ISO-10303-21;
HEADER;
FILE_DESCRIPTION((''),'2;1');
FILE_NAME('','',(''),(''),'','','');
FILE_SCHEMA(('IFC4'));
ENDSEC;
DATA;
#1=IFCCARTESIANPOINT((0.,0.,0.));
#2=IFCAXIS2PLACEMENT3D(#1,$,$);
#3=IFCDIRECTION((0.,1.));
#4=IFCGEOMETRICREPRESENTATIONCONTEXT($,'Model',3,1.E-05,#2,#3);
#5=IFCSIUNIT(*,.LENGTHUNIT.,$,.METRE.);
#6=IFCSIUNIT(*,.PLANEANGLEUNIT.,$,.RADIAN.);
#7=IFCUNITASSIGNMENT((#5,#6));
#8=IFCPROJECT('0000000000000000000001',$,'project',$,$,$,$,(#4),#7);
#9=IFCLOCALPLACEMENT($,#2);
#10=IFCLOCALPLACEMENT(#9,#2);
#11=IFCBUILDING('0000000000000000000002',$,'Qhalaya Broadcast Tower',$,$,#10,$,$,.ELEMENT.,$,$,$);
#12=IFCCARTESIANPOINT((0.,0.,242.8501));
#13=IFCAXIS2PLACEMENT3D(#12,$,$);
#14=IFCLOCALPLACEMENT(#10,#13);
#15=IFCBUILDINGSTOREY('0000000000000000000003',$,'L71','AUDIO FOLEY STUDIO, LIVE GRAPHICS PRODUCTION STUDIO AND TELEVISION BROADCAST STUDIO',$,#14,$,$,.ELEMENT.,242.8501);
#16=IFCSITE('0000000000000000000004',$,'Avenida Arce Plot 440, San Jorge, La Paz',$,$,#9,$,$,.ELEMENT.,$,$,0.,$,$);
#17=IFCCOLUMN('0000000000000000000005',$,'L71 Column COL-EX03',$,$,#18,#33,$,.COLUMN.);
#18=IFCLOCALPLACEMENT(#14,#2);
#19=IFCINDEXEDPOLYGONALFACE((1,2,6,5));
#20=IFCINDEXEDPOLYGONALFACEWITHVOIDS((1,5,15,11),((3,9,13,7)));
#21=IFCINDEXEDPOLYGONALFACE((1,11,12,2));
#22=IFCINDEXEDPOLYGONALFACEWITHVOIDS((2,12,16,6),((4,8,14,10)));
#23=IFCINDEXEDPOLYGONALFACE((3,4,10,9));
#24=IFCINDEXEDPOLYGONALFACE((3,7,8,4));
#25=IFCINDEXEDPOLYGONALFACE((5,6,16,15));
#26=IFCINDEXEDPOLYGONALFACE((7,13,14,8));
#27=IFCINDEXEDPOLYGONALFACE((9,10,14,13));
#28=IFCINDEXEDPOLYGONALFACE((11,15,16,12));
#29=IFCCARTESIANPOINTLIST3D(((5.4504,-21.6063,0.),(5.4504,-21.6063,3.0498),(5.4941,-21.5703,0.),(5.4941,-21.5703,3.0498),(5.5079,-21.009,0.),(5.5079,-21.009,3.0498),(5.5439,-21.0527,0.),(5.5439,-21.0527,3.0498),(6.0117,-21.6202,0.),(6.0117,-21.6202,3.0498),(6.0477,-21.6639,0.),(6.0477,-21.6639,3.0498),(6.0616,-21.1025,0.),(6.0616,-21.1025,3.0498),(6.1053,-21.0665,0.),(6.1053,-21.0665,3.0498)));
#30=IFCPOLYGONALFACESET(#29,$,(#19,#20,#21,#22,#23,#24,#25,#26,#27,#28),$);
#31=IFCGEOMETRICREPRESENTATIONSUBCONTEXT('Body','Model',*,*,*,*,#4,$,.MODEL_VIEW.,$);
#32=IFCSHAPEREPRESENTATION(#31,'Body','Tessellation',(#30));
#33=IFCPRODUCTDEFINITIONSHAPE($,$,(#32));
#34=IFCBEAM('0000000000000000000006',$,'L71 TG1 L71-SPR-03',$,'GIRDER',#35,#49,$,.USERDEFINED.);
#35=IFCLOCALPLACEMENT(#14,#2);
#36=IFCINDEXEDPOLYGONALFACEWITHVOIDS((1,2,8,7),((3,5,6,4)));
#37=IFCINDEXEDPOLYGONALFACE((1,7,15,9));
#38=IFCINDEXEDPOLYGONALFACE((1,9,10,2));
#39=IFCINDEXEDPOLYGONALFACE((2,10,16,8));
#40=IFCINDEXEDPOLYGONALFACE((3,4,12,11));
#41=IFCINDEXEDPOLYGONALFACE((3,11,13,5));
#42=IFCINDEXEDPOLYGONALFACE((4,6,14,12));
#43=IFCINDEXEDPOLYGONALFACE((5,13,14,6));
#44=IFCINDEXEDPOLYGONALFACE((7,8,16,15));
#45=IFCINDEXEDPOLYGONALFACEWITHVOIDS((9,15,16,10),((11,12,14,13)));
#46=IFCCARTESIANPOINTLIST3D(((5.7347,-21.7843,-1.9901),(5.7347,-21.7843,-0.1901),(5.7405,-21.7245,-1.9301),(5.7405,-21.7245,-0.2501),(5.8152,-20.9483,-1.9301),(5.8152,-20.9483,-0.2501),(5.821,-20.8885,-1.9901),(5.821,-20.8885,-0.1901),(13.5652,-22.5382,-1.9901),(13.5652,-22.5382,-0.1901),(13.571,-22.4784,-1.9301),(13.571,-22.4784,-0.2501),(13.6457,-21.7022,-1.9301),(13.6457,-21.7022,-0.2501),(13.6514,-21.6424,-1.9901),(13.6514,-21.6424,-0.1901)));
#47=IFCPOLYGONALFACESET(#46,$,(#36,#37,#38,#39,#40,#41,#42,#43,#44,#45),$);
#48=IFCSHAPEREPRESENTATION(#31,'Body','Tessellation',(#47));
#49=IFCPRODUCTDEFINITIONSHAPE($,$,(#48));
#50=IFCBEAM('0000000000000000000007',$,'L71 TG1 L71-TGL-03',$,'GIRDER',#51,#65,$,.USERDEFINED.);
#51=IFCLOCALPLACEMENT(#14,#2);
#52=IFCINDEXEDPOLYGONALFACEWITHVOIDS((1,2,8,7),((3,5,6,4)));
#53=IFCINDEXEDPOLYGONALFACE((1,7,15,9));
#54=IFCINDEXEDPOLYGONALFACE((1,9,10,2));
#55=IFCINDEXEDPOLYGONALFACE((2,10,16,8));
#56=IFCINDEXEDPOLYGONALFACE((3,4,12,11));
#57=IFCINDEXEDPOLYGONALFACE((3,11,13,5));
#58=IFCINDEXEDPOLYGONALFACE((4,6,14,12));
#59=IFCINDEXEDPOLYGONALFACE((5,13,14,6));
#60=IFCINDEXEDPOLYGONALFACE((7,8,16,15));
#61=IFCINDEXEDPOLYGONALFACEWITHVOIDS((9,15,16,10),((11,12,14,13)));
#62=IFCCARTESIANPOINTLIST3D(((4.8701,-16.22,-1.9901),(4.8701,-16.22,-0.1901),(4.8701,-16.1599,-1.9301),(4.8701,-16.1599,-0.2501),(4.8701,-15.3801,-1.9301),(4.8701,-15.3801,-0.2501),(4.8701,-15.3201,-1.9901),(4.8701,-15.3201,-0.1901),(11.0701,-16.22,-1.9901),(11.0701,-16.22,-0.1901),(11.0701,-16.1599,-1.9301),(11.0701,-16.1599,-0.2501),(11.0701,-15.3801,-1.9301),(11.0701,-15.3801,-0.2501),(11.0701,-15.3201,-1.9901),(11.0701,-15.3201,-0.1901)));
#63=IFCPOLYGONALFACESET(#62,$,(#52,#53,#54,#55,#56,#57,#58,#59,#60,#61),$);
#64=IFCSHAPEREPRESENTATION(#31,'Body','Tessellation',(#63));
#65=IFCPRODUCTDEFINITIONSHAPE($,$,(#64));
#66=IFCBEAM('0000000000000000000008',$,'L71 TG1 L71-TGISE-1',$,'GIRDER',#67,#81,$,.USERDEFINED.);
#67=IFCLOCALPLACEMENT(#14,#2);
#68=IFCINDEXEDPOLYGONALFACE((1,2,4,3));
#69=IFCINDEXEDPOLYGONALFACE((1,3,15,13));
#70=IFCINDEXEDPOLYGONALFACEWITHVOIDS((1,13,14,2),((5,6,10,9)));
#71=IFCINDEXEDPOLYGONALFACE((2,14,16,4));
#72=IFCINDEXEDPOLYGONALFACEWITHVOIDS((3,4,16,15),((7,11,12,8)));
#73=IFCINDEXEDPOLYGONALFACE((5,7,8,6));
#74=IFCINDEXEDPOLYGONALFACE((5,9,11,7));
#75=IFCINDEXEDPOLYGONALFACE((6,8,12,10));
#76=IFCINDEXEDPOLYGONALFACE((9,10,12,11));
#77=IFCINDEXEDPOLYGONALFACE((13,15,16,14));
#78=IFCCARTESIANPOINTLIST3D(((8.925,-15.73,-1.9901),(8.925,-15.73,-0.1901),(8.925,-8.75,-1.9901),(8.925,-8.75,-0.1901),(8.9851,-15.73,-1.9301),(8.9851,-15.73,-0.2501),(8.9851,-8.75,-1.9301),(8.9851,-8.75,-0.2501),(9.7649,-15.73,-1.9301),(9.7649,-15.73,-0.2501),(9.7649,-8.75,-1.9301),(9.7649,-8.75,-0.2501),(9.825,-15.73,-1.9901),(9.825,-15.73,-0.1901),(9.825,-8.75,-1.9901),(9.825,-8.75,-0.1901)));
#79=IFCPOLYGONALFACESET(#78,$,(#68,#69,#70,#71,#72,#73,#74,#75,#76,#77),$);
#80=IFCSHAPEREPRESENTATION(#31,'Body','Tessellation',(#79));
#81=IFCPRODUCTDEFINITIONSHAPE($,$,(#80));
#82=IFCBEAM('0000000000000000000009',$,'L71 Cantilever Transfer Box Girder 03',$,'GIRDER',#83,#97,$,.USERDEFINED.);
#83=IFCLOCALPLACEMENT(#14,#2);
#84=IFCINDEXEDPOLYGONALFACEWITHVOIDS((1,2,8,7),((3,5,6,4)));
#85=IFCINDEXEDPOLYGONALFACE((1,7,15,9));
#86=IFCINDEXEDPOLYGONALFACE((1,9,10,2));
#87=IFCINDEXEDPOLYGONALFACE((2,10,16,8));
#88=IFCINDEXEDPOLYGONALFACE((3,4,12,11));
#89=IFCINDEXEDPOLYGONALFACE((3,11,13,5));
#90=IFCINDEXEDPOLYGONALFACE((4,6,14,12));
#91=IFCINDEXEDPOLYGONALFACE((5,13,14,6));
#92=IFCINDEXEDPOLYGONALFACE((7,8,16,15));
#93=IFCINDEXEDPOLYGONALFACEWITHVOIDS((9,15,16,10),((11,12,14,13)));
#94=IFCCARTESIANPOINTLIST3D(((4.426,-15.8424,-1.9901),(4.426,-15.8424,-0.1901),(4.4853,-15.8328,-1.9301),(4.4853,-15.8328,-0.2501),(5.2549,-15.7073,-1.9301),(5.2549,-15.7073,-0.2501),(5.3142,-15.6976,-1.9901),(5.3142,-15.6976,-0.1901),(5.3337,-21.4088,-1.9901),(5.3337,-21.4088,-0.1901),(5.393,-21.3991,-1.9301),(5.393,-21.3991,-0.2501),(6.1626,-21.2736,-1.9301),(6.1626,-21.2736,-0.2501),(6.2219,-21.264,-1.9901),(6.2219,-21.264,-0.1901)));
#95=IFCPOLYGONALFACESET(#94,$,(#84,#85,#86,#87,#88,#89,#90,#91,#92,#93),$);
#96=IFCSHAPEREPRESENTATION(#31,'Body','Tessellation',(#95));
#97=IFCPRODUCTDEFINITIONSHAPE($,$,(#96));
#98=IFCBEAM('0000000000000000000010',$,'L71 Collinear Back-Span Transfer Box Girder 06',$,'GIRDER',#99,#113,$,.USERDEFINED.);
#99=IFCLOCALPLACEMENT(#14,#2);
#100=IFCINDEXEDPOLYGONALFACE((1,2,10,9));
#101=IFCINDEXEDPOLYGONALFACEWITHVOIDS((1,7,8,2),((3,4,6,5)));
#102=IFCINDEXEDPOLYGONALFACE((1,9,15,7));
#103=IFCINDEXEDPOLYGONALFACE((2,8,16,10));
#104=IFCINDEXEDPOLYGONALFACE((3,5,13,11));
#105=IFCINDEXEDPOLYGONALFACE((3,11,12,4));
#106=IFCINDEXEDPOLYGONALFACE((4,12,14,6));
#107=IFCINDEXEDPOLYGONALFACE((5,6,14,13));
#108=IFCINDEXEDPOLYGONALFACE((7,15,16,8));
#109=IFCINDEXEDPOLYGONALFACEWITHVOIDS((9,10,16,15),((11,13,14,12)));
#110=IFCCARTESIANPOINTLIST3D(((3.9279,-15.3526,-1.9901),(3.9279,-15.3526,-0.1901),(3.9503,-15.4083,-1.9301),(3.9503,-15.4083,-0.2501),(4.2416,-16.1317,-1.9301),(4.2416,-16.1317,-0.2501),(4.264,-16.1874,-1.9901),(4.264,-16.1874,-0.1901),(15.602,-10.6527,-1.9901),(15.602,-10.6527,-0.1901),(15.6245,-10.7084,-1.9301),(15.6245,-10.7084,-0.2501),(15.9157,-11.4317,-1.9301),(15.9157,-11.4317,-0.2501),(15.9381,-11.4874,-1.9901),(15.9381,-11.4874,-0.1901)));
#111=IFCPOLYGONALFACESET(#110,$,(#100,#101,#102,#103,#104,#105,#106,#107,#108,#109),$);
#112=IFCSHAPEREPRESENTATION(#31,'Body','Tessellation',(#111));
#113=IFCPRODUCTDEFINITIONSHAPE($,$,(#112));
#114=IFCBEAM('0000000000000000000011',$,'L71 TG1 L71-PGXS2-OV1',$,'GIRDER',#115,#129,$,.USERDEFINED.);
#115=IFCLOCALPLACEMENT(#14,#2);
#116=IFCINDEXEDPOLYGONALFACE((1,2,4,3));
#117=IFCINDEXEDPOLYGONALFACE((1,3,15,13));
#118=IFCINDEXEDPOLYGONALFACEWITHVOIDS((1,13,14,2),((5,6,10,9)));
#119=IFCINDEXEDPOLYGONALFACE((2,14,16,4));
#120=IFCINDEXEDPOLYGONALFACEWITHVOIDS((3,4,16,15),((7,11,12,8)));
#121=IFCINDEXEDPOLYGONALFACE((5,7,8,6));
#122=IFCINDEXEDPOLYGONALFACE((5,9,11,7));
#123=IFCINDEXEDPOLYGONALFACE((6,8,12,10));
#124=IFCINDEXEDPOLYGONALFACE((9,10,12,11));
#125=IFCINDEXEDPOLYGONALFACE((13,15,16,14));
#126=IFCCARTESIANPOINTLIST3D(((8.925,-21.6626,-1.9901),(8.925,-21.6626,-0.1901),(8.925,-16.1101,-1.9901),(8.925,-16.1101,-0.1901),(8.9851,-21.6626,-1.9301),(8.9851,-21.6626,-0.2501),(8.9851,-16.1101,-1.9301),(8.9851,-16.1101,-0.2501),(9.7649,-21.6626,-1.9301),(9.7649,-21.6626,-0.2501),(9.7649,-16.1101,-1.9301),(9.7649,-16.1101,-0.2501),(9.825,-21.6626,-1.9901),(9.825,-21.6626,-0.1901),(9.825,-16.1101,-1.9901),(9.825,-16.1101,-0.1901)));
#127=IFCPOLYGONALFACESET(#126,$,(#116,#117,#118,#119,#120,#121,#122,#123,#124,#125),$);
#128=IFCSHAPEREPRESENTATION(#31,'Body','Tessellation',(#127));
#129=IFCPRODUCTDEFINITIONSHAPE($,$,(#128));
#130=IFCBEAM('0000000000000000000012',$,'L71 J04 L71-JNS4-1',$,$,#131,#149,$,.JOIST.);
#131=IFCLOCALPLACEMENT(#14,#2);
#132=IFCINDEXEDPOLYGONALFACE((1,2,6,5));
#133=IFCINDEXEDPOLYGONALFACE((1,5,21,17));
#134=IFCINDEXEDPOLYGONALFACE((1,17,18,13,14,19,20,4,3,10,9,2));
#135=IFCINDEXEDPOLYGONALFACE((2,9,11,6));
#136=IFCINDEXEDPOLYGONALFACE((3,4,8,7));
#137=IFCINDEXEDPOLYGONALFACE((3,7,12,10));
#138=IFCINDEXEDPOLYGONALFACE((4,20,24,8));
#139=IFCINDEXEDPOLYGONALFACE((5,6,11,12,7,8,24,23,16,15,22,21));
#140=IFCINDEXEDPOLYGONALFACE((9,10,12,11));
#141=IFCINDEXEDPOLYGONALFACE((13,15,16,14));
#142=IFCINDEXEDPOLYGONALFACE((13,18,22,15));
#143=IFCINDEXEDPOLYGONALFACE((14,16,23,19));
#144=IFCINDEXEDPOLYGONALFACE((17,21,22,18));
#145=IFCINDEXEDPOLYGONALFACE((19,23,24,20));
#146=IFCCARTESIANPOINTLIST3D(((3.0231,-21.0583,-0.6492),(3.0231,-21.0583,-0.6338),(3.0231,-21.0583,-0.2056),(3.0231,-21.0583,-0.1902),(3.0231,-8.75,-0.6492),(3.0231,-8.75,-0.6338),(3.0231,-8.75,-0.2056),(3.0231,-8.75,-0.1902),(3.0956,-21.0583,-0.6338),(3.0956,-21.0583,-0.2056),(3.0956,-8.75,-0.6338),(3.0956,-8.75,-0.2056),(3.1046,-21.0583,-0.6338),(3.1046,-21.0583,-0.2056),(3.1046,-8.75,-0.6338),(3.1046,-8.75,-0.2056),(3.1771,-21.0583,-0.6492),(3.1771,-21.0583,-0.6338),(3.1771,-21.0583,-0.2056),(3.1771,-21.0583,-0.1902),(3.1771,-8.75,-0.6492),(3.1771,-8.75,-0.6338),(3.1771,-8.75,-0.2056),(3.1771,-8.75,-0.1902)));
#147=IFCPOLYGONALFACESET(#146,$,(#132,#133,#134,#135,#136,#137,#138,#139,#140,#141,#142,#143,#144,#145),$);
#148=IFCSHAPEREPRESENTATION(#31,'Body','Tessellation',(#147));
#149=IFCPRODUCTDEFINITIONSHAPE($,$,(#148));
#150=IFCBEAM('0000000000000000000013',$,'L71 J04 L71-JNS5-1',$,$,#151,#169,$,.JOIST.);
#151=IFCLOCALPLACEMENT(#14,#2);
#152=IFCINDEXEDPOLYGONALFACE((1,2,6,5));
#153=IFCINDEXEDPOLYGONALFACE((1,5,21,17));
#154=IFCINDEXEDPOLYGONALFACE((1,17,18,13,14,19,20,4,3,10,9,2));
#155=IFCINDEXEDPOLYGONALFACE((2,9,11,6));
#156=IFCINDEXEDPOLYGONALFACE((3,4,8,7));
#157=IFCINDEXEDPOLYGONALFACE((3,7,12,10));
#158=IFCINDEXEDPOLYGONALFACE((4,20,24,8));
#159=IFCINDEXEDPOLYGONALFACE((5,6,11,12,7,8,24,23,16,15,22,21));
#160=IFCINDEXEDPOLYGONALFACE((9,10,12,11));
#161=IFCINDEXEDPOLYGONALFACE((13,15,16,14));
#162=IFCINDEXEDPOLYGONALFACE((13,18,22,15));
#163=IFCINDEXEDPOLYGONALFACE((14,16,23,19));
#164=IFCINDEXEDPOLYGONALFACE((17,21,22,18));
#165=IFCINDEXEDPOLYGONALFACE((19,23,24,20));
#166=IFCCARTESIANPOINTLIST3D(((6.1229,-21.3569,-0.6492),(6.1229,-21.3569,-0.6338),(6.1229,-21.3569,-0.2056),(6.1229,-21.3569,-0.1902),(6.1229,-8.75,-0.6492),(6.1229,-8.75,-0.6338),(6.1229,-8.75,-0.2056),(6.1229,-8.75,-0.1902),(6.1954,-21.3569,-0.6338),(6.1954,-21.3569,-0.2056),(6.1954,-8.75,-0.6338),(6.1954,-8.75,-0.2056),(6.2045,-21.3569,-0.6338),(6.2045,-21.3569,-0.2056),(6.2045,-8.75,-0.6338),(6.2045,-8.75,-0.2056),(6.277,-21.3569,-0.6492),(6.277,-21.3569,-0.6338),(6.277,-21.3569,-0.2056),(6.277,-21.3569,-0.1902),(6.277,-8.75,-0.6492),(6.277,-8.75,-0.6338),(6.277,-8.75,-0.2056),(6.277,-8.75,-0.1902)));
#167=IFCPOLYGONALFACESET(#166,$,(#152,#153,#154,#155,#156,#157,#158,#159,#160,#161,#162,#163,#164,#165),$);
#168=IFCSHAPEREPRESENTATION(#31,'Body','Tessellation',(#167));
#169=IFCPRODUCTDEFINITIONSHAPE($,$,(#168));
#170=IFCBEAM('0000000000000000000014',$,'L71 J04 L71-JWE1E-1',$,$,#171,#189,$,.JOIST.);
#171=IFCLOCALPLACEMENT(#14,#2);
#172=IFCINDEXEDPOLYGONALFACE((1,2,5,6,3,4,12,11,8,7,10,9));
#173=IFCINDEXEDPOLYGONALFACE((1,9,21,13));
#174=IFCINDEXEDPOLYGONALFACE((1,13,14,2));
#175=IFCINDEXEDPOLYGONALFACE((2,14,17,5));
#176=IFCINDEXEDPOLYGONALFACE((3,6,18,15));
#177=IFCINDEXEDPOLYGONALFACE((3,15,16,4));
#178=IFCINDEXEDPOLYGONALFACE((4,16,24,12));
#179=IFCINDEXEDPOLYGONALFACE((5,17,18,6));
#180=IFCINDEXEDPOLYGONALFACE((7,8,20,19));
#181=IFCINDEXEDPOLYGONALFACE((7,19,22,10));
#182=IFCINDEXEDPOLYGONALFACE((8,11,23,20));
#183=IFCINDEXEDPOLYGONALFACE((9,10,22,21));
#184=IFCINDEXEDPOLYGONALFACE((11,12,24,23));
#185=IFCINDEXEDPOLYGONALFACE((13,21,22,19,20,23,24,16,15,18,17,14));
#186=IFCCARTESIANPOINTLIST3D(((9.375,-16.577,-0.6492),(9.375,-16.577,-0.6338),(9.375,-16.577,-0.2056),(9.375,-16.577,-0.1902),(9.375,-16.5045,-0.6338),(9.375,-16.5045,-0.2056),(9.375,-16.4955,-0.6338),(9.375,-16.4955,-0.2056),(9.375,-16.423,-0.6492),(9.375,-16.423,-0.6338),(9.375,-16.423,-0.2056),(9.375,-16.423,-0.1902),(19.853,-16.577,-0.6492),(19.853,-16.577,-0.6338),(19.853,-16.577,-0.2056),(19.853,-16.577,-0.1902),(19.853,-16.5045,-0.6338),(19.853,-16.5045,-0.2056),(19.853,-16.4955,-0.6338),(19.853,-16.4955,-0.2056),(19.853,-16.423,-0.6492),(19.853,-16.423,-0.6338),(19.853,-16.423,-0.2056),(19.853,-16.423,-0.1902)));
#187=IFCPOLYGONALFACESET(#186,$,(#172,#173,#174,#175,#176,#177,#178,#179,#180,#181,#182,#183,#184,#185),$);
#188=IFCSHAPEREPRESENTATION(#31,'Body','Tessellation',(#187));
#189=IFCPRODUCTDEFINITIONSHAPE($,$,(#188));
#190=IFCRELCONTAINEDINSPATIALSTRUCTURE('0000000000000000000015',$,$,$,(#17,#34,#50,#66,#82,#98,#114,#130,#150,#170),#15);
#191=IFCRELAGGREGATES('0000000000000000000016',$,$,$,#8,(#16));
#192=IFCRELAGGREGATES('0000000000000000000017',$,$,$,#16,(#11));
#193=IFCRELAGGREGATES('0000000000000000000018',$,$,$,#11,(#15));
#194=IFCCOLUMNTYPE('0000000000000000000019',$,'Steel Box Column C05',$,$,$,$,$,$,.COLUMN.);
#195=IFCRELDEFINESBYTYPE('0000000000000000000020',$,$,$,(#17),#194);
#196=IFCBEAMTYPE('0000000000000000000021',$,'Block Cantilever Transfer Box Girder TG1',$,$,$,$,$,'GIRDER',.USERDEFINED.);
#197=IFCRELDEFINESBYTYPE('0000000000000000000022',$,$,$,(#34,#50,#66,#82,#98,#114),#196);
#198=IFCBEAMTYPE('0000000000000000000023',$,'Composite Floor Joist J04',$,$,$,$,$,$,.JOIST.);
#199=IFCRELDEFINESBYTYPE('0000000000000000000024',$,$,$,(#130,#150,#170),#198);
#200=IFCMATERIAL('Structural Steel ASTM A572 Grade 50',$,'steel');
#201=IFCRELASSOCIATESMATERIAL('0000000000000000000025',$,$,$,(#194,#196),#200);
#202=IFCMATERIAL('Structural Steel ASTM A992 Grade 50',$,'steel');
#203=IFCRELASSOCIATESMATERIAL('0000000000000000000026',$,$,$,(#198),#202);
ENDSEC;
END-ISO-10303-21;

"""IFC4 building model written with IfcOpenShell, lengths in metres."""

from ifc_helpers import new_model, si_unit, direction, frame, origin, origin_2d, place, context, subcontext, project, spatial, hollow_rectangle, i_section, extrude, material, material_profile, profile_set, type_object, element, save


model = new_model("IFC4")

# Units and contexts
model_context = context("Model", 3, precision=1e-05, world=origin(), true_north=direction((0.0, 1.0)))
body_context = subcontext(model_context, "Body", "Model", "MODEL_VIEW")
ifc_project = project(units=[si_unit("LENGTHUNIT", "METRE"), si_unit("PLANEANGLEUNIT", "RADIAN")], contexts=[model_context])

# Site, building, storey
site_placement = place(None, origin())
site = spatial("IfcSite", under=ifc_project, at=site_placement, Name="Avenida Arce Plot 440, San Jorge, La Paz", CompositionType="ELEMENT", RefElevation=0.0)
building_placement = place(site_placement, origin())
building = spatial("IfcBuilding", under=site, at=building_placement, Name="Qhalaya Broadcast Tower", CompositionType="ELEMENT")
storey_placement = place(building_placement, frame((0.0, 0.0, 242.8501)))
storey = spatial("IfcBuildingStorey", under=building, at=storey_placement, Name="L71", Description="AUDIO FOLEY STUDIO, LIVE GRAPHICS PRODUCTION STUDIO AND TELEVISION BROADCAST STUDIO", CompositionType="ELEMENT", Elevation=242.8501)

# Column
ifc_material_1 = material(Name="Structural Steel ASTM A572 Grade 50", Category="steel")
ifc_material_profile_1 = material_profile(ifc_material_1, hollow_rectangle(XDim=0.6001, YDim=0.6001, WallThickness=0.04, at=origin_2d()), Name="BOX 600x600x40")
ifc_profile_set_1 = profile_set([ifc_material_profile_1], Name="Structural Steel ASTM A572 Grade 50")
column_type = type_object("IfcColumnType", Name="Steel Box Column C05", PredefinedType="COLUMN", material=ifc_profile_set_1)
column_placement = place(storey_placement, frame((5.7778, -21.3364, 0.0), z_axis=(0.0, 0.0, 1.0), x_axis=(0.995396, -0.095846, 0.0)))
element("IfcColumn", 1, at=column_placement, inside=storey, type_object=column_type, Name="L71 Column COL-EX03", PredefinedType="COLUMN", context=body_context, shape_type="SweptSolid", body=[
    extrude(hollow_rectangle(XDim=0.6001, YDim=0.6001, WallThickness=0.04, at=origin_2d()), origin(), (0.0, 0.0, 1.0), 3.0498),
])

# Beams
ifc_material_profile_2 = material_profile(ifc_material_1, hollow_rectangle(XDim=0.8999, YDim=1.8, WallThickness=0.0601, at=origin_2d()), Name="BOX 900x1800x60")
ifc_profile_set_2 = profile_set([ifc_material_profile_2], Name="Structural Steel ASTM A572 Grade 50")
beam_type_1 = type_object("IfcBeamType", Name="Block Cantilever Transfer Box Girder TG1", ElementType="GIRDER", PredefinedType="USERDEFINED", material=ifc_profile_set_2)
beam_1_placement = place(storey_placement, frame((5.7778, -21.3364, -1.0901), z_axis=(0.995397, -0.095834, 0.0), x_axis=(0.095834, 0.995397, 0.0)))
element("IfcBeam", 2, at=beam_1_placement, inside=storey, type_object=beam_type_1, Name="L71 TG1 L71-SPR-03", ObjectType="GIRDER", PredefinedType="USERDEFINED", context=body_context, shape_type="SweptSolid", body=[
    extrude(hollow_rectangle(XDim=0.8999, YDim=1.8, WallThickness=0.0601, at=origin_2d()), origin(), (0.0, 0.0, 1.0), 7.8667),
])
beam_2_placement = place(storey_placement, frame((4.8701, -15.77, -1.0901), z_axis=(1.0, 0.0, 0.0), x_axis=(0.0, 1.0, 0.0)))
element("IfcBeam", 3, at=beam_2_placement, inside=storey, type_object=beam_type_1, Name="L71 TG1 L71-TGL-03", ObjectType="GIRDER", PredefinedType="USERDEFINED", context=body_context, shape_type="SweptSolid", body=[
    extrude(hollow_rectangle(XDim=0.8999, YDim=1.8, WallThickness=0.0601, at=origin_2d()), origin(), (0.0, 0.0, 1.0), 6.2),
])
beam_3_placement = place(storey_placement, frame((9.375, -15.73, -1.0901), z_axis=(0.0, 1.0, 0.0), x_axis=(-1.0, 0.0, 0.0)))
element("IfcBeam", 4, at=beam_3_placement, inside=storey, type_object=beam_type_1, Name="L71 TG1 L71-TGISE-1", ObjectType="GIRDER", PredefinedType="USERDEFINED", context=body_context, shape_type="SweptSolid", body=[
    extrude(hollow_rectangle(XDim=0.8999, YDim=1.8, WallThickness=0.0601, at=origin_2d()), origin(), (0.0, 0.0, 1.0), 6.98),
])
beam_4_placement = place(storey_placement, frame((4.8701, -15.77, -1.0901), z_axis=(0.160944, -0.986963, 0.0), x_axis=(0.986963, 0.160944, 0.0)))
element("IfcBeam", 5, at=beam_4_placement, inside=storey, type_object=beam_type_1, Name="L71 Cantilever Transfer Box Girder 03", ObjectType="GIRDER", PredefinedType="USERDEFINED", context=body_context, shape_type="SweptSolid", body=[
    extrude(hollow_rectangle(XDim=0.8999, YDim=1.8, WallThickness=0.0601, at=origin_2d()), origin(), (0.0, 0.0, 1.0), 5.6399),
])
beam_5_placement = place(storey_placement, frame((4.0959, -15.77, -1.0901), z_axis=(0.927644, 0.373467, 0.0), x_axis=(-0.373467, 0.927644, 0.0)))
element("IfcBeam", 6, at=beam_5_placement, inside=storey, type_object=beam_type_1, Name="L71 Collinear Back-Span Transfer Box Girder 06", ObjectType="GIRDER", PredefinedType="USERDEFINED", context=body_context, shape_type="SweptSolid", body=[
    extrude(hollow_rectangle(XDim=0.8999, YDim=1.8, WallThickness=0.0601, at=origin_2d()), origin(), (0.0, 0.0, 1.0), 12.5847),
])
beam_6_placement = place(storey_placement, frame((9.375, -21.6626, -1.0901), z_axis=(0.0, 1.0, 0.0), x_axis=(-1.0, 0.0, 0.0)))
element("IfcBeam", 7, at=beam_6_placement, inside=storey, type_object=beam_type_1, Name="L71 TG1 L71-PGXS2-OV1", ObjectType="GIRDER", PredefinedType="USERDEFINED", context=body_context, shape_type="SweptSolid", body=[
    extrude(hollow_rectangle(XDim=0.8999, YDim=1.8, WallThickness=0.0601, at=origin_2d()), origin(), (0.0, 0.0, 1.0), 5.5525),
])
ifc_material_2 = material(Name="Structural Steel ASTM A992 Grade 50", Category="steel")
ifc_material_profile_3 = material_profile(ifc_material_2, i_section(OverallWidth=0.1541, OverallDepth=0.459, WebThickness=0.009, FlangeThickness=0.0154, at=origin_2d()), Name="W18X46")
ifc_profile_set_3 = profile_set([ifc_material_profile_3], Name="Structural Steel ASTM A992 Grade 50")
beam_type_2 = type_object("IfcBeamType", Name="Composite Floor Joist J04", PredefinedType="JOIST", material=ifc_profile_set_3)
beam_7_placement = place(storey_placement, frame((3.1001, -21.0583, -0.4197), z_axis=(0.0, 1.0, 0.0), x_axis=(-1.0, 0.0, 0.0)))
element("IfcBeam", 8, at=beam_7_placement, inside=storey, type_object=beam_type_2, Name="L71 J04 L71-JNS4-1", PredefinedType="JOIST", context=body_context, shape_type="SweptSolid", body=[
    extrude(i_section(OverallWidth=0.1541, OverallDepth=0.459, WebThickness=0.009, FlangeThickness=0.0154, at=origin_2d()), origin(), (0.0, 0.0, 1.0), 12.3083),
])
beam_8_placement = place(storey_placement, frame((6.2, -21.3569, -0.4197), z_axis=(0.0, 1.0, 0.0), x_axis=(-1.0, 0.0, 0.0)))
element("IfcBeam", 9, at=beam_8_placement, inside=storey, type_object=beam_type_2, Name="L71 J04 L71-JNS5-1", PredefinedType="JOIST", context=body_context, shape_type="SweptSolid", body=[
    extrude(i_section(OverallWidth=0.1541, OverallDepth=0.459, WebThickness=0.009, FlangeThickness=0.0154, at=origin_2d()), origin(), (0.0, 0.0, 1.0), 12.6069),
])
beam_9_placement = place(storey_placement, frame((9.375, -16.5, -0.4197), z_axis=(1.0, 0.0, 0.0), x_axis=(0.0, 1.0, 0.0)))
element("IfcBeam", 10, at=beam_9_placement, inside=storey, type_object=beam_type_2, Name="L71 J04 L71-JWE1E-1", PredefinedType="JOIST", context=body_context, shape_type="SweptSolid", body=[
    extrude(i_section(OverallWidth=0.1541, OverallDepth=0.459, WebThickness=0.009, FlangeThickness=0.0154, at=origin_2d()), origin(), (0.0, 0.0, 1.0), 10.478),
])

save(model, "model.ifc")
